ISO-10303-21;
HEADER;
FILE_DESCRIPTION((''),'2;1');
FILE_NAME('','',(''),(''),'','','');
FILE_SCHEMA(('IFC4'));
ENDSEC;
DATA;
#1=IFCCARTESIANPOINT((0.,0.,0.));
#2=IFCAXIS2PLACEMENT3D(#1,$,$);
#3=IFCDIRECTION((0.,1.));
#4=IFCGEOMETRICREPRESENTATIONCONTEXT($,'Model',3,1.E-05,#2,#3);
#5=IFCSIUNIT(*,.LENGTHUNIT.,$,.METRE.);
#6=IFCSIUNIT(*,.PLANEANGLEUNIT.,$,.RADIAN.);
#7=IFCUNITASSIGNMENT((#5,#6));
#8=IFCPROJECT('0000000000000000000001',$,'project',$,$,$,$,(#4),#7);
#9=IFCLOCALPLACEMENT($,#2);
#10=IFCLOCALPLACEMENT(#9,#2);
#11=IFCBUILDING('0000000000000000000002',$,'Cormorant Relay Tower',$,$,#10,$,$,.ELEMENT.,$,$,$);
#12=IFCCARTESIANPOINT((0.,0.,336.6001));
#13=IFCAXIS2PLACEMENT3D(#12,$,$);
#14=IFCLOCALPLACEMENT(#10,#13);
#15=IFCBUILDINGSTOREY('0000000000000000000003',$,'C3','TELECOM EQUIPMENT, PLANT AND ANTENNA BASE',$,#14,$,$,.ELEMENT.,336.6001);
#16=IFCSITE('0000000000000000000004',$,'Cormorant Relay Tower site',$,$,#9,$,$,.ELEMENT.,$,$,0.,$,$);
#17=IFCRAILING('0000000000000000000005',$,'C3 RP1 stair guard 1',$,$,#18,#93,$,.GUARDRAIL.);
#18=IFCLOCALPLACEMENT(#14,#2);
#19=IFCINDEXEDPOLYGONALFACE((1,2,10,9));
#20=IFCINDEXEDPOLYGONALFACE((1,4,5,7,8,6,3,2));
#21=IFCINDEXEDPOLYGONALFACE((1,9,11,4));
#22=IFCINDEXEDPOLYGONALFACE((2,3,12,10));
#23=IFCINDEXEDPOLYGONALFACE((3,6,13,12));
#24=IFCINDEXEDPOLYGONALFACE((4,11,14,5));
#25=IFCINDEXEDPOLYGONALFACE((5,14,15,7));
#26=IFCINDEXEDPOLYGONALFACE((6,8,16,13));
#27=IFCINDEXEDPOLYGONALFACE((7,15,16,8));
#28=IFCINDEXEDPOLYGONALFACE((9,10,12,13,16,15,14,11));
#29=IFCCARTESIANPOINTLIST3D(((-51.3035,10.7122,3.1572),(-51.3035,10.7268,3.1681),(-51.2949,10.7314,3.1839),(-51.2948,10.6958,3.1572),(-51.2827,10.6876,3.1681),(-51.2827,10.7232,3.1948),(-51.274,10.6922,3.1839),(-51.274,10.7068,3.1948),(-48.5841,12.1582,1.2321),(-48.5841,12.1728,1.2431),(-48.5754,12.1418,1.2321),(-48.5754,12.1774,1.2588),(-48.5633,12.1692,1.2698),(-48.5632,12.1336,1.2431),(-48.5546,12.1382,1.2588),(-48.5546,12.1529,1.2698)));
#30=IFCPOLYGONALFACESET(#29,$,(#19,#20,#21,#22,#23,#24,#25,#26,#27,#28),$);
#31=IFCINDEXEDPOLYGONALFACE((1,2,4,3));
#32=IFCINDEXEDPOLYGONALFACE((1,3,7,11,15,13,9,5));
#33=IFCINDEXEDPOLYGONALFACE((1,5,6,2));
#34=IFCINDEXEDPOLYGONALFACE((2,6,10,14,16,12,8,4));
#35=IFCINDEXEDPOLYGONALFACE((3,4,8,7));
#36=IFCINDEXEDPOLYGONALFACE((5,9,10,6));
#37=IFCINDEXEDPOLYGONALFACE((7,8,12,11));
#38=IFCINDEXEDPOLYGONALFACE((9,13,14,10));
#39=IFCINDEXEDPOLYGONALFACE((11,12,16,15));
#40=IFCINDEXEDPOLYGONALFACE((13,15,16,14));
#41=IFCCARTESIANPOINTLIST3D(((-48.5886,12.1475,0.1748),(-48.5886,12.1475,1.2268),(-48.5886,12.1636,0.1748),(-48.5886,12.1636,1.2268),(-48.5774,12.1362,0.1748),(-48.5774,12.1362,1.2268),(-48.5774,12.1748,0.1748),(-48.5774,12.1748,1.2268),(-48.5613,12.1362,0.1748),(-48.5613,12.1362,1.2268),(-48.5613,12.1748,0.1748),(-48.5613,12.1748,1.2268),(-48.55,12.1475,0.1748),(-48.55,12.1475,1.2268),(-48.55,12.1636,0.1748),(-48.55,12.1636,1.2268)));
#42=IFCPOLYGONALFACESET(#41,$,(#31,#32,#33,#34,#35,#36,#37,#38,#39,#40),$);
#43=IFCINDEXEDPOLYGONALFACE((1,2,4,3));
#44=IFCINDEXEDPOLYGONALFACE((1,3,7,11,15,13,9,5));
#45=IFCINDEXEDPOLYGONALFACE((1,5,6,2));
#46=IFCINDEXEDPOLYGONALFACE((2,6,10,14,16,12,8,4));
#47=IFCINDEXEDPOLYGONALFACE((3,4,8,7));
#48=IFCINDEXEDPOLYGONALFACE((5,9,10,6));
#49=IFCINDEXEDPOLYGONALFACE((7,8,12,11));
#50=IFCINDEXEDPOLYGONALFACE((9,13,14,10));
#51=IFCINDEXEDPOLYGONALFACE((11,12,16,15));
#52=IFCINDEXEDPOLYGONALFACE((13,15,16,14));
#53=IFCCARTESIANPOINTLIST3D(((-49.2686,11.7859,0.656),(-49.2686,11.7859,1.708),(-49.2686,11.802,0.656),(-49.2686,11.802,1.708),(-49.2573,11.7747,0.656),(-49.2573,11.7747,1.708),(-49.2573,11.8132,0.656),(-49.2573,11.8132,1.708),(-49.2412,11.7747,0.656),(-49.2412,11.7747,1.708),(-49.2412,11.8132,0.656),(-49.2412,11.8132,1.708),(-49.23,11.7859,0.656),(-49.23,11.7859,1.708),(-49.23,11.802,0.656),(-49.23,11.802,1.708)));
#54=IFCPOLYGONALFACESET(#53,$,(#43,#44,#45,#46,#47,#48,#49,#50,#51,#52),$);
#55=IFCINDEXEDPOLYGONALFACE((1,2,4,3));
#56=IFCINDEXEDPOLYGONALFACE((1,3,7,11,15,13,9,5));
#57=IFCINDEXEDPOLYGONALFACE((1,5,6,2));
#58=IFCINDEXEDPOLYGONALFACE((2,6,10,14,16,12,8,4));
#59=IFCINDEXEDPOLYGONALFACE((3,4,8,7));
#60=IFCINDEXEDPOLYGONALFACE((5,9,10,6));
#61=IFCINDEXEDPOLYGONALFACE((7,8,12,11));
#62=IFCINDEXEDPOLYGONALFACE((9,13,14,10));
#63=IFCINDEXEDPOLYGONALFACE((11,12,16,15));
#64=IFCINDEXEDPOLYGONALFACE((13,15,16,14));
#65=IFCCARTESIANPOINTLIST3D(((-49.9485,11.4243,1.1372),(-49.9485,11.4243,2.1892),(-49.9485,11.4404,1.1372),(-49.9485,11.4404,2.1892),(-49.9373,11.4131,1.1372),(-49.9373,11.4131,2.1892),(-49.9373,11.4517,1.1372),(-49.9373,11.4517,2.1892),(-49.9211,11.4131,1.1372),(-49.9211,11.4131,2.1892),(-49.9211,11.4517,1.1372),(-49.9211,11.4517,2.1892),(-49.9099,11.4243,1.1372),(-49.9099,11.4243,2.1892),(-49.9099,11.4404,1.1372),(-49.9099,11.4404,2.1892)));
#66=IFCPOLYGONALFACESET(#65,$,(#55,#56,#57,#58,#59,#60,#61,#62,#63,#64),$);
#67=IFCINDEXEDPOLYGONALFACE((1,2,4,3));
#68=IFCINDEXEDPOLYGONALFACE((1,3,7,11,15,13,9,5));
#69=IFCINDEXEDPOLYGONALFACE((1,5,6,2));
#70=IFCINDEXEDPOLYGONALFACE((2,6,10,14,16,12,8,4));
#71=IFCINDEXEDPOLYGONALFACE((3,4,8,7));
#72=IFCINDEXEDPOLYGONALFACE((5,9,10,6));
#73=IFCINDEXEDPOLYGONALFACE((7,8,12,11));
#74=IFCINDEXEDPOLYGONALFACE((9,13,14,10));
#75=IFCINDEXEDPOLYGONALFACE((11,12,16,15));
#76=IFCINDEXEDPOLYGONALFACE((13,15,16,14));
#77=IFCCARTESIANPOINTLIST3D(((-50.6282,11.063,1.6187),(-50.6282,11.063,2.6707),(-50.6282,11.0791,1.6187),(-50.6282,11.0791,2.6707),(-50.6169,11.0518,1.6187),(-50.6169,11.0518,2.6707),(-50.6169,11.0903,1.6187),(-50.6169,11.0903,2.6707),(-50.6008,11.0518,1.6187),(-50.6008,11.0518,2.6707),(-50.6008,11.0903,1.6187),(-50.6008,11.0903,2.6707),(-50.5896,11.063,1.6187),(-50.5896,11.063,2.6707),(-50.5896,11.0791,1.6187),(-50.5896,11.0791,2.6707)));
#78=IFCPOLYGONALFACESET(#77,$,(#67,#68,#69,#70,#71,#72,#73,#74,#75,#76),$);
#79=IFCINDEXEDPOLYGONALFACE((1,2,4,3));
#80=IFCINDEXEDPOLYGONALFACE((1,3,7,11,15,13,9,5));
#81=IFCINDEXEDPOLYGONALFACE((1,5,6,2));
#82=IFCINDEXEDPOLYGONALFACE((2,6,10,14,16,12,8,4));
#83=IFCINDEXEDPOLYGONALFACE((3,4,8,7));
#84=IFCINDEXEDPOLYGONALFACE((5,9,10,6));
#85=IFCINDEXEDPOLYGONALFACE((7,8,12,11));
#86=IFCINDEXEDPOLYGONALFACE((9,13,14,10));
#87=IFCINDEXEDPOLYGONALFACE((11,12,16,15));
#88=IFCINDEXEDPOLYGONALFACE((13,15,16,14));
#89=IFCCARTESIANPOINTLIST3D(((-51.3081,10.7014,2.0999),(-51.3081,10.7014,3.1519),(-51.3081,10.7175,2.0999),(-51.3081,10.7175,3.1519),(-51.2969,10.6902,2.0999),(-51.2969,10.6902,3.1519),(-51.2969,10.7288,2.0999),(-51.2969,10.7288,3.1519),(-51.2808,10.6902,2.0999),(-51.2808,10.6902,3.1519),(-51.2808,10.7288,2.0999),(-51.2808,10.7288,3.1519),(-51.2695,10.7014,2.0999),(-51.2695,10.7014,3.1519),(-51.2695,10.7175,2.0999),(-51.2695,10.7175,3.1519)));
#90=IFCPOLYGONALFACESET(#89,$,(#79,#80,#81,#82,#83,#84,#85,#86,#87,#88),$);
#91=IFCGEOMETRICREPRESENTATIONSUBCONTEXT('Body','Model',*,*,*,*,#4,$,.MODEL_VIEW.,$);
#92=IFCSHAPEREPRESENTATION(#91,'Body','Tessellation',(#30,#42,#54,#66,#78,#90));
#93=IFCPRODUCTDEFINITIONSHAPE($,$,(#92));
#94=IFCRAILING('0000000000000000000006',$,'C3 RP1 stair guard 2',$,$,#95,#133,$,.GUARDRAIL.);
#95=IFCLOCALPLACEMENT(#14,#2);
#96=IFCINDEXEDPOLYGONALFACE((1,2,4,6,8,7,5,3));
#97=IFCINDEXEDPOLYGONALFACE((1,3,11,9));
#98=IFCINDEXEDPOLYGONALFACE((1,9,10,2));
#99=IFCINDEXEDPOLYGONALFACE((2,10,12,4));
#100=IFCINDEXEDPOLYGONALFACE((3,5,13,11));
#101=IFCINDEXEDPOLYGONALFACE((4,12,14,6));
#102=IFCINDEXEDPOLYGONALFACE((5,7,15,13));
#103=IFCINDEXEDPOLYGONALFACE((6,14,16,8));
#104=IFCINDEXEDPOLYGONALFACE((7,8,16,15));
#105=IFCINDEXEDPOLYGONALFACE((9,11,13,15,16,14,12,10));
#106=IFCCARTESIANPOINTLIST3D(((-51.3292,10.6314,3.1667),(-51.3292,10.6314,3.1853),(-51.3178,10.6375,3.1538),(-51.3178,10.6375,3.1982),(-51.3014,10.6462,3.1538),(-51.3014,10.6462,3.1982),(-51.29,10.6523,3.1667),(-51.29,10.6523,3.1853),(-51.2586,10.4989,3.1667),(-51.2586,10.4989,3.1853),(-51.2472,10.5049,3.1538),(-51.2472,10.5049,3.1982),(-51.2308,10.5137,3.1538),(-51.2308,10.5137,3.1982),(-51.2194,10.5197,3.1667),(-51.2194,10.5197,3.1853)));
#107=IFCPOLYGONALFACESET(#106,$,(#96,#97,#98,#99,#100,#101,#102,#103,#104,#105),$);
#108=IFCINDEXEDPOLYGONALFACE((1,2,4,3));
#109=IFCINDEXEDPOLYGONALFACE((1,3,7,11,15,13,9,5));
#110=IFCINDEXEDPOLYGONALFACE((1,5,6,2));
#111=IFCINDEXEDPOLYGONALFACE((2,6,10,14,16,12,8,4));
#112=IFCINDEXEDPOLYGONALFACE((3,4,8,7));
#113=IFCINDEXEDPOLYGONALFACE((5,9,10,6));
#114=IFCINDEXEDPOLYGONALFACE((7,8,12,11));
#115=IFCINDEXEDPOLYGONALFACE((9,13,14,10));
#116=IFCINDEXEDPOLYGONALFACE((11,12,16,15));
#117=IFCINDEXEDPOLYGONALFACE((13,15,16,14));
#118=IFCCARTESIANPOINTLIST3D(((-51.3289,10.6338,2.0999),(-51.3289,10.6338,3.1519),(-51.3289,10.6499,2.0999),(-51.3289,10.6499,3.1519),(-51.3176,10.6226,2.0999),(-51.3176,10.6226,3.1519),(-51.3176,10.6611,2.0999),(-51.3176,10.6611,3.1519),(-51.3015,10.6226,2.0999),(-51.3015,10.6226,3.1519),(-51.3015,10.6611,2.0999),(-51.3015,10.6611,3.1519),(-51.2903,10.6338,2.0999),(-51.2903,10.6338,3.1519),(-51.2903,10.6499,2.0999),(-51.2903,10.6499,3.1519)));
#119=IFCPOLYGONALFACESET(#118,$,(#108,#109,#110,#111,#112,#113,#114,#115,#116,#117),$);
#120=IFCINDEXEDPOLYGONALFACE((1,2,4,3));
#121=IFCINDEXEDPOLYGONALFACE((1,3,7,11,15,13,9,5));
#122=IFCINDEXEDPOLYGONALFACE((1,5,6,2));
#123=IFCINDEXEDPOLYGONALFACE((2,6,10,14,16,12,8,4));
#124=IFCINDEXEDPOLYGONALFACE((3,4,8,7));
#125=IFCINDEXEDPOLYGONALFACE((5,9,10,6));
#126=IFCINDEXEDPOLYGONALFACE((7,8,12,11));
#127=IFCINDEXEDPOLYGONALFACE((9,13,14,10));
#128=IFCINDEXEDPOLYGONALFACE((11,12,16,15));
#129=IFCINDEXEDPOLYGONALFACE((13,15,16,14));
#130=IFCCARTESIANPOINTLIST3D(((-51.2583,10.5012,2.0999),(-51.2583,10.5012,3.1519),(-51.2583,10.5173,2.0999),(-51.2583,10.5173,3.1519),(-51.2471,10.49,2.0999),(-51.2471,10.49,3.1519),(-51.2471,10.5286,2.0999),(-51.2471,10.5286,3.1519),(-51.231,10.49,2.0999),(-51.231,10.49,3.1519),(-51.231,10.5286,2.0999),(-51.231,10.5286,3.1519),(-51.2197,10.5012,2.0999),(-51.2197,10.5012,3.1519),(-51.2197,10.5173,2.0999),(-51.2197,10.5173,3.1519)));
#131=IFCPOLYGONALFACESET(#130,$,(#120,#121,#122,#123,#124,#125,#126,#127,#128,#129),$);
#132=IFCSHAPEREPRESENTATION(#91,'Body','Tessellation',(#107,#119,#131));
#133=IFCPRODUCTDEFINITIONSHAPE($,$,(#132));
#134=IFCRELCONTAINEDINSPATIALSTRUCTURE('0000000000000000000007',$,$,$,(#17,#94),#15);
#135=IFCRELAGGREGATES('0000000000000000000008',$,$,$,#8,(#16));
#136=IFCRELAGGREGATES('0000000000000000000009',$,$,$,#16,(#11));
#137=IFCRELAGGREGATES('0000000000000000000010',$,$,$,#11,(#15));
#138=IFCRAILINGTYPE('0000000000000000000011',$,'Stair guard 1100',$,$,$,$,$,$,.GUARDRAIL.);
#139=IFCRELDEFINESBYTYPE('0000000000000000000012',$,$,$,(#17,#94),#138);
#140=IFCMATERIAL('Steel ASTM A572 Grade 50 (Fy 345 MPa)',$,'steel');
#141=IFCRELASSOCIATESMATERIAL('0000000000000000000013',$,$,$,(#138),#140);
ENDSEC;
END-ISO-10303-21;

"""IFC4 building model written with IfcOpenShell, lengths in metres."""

from ifc_helpers import new_model, si_unit, direction, frame, origin, place, context, subcontext, project, spatial, polyline, outline, extrude, material, type_object, element, save


model = new_model("IFC4")

# Units and contexts
model_context = context("Model", 3, precision=1e-05, world=origin(), true_north=direction((0.0, 1.0)))
body_context = subcontext(model_context, "Body", "Model", "MODEL_VIEW")
ifc_project = project(units=[si_unit("LENGTHUNIT", "METRE"), si_unit("PLANEANGLEUNIT", "RADIAN")], contexts=[model_context])

# Site, building, storey
site_placement = place(None, origin())
site = spatial("IfcSite", under=ifc_project, at=site_placement, Name="Cormorant Relay Tower site", CompositionType="ELEMENT", RefElevation=0.0)
building_placement = place(site_placement, origin())
building = spatial("IfcBuilding", under=site, at=building_placement, Name="Cormorant Relay Tower", CompositionType="ELEMENT")
storey_placement = place(building_placement, frame((0.0, 0.0, 336.6001)))
storey = spatial("IfcBuildingStorey", under=building, at=storey_placement, Name="C3", Description="TELECOM EQUIPMENT, PLANT AND ANTENNA BASE", CompositionType="ELEMENT", Elevation=336.6001)

# Railings
ifc_material_1 = material(Name="Steel ASTM A572 Grade 50 (Fy 345 MPa)", Category="steel")
railing_type_1 = type_object("IfcRailingType", Name="Stair guard 1100", PredefinedType="GUARDRAIL", material=ifc_material_1)
railing_1_placement = place(storey_placement, frame((-48.5693, 12.1555, 0.1748)))
element("IfcRailing", 1, at=railing_1_placement, inside=storey, type_object=railing_type_1, Name="C3 RP1 stair guard 1", PredefinedType="GUARDRAIL", context=body_context, shape_type="SweptSolid", body=[
    extrude(outline(polyline([(0.0222, 0.0093), (0.0093, 0.0222), (-0.0093, 0.0222), (-0.0222, 0.0093), (-0.0222, -0.0093), (-0.0093, -0.0222), (0.0093, -0.0222), (0.0222, -0.0093), (0.0222, 0.0093)])), frame((0.0, 0.0, 1.0762), z_axis=(-0.748727, -0.398125, 0.530004), x_axis=(0.469489, -0.882938, 0.0)), (0.0, 0.0, 1.0), 3.6321),
    extrude(outline(polyline([(0.0193, 0.0081), (0.0081, 0.0193), (-0.0081, 0.0193), (-0.0193, 0.0081), (-0.0193, -0.0081), (-0.0081, -0.0193), (0.0081, -0.0193), (0.0193, -0.0081), (0.0193, 0.0081)])), origin(), (0.0, 0.0, 1.0), 1.052),
    extrude(outline(polyline([(0.0193, 0.0081), (0.0081, 0.0193), (-0.0081, 0.0193), (-0.0193, 0.0081), (-0.0193, -0.0081), (-0.0081, -0.0193), (0.0081, -0.0193), (0.0193, -0.0081), (0.0193, 0.0081)])), frame((-0.6799, -0.3616, 0.4812)), (0.0, 0.0, 1.0), 1.052),
    extrude(outline(polyline([(0.0193, 0.0081), (0.0081, 0.0193), (-0.0081, 0.0193), (-0.0193, 0.0081), (-0.0193, -0.0081), (-0.0081, -0.0193), (0.0081, -0.0193), (0.0193, -0.0081), (0.0193, 0.0081)])), frame((-1.3599, -0.7231, 0.9624)), (0.0, 0.0, 1.0), 1.052),
    extrude(outline(polyline([(0.0193, 0.0081), (0.0081, 0.0193), (-0.0081, 0.0193), (-0.0193, 0.0081), (-0.0193, -0.0081), (-0.0081, -0.0193), (0.0081, -0.0193), (0.0193, -0.0081), (0.0193, 0.0081)])), frame((-2.0396, -1.0845, 1.4438)), (0.0, 0.0, 1.0), 1.052),
    extrude(outline(polyline([(0.0193, 0.0081), (0.0081, 0.0193), (-0.0081, 0.0193), (-0.0193, 0.0081), (-0.0193, -0.0081), (-0.0081, -0.0193), (0.0081, -0.0193), (0.0193, -0.0081), (0.0193, 0.0081)])), frame((-2.7195, -1.446, 1.925)), (0.0, 0.0, 1.0), 1.052),
])
railing_2_placement = place(storey_placement, frame((-51.3096, 10.6418, 2.0999)))
element("IfcRailing", 2, at=railing_2_placement, inside=storey, type_object=railing_type_1, Name="C3 RP1 stair guard 2", PredefinedType="GUARDRAIL", context=body_context, shape_type="SweptSolid", body=[
    extrude(outline(polyline([(0.0222, 0.0093), (0.0093, 0.0222), (-0.0093, 0.0222), (-0.0222, 0.0093), (-0.0222, -0.0093), (-0.0093, -0.0222), (0.0093, -0.0222), (0.0222, -0.0093), (0.0222, 0.0093)])), frame((0.0, 0.0, 1.0762), z_axis=(0.469829, -0.882758, 0.0), x_axis=(0.882758, 0.469829, 0.0)), (0.0, 0.0, 1.0), 0.1501),
    extrude(outline(polyline([(0.0193, 0.0081), (0.0081, 0.0193), (-0.0081, 0.0193), (-0.0193, 0.0081), (-0.0193, -0.0081), (-0.0081, -0.0193), (0.0081, -0.0193), (0.0193, -0.0081), (0.0193, 0.0081)])), origin(), (0.0, 0.0, 1.0), 1.052),
    extrude(outline(polyline([(0.0193, 0.0081), (0.0081, 0.0193), (-0.0081, 0.0193), (-0.0193, 0.0081), (-0.0193, -0.0081), (-0.0081, -0.0193), (0.0081, -0.0193), (0.0193, -0.0081), (0.0193, 0.0081)])), frame((0.0706, -0.1326, 0.0)), (0.0, 0.0, 1.0), 1.052),
])

save(model, "model.ifc")
